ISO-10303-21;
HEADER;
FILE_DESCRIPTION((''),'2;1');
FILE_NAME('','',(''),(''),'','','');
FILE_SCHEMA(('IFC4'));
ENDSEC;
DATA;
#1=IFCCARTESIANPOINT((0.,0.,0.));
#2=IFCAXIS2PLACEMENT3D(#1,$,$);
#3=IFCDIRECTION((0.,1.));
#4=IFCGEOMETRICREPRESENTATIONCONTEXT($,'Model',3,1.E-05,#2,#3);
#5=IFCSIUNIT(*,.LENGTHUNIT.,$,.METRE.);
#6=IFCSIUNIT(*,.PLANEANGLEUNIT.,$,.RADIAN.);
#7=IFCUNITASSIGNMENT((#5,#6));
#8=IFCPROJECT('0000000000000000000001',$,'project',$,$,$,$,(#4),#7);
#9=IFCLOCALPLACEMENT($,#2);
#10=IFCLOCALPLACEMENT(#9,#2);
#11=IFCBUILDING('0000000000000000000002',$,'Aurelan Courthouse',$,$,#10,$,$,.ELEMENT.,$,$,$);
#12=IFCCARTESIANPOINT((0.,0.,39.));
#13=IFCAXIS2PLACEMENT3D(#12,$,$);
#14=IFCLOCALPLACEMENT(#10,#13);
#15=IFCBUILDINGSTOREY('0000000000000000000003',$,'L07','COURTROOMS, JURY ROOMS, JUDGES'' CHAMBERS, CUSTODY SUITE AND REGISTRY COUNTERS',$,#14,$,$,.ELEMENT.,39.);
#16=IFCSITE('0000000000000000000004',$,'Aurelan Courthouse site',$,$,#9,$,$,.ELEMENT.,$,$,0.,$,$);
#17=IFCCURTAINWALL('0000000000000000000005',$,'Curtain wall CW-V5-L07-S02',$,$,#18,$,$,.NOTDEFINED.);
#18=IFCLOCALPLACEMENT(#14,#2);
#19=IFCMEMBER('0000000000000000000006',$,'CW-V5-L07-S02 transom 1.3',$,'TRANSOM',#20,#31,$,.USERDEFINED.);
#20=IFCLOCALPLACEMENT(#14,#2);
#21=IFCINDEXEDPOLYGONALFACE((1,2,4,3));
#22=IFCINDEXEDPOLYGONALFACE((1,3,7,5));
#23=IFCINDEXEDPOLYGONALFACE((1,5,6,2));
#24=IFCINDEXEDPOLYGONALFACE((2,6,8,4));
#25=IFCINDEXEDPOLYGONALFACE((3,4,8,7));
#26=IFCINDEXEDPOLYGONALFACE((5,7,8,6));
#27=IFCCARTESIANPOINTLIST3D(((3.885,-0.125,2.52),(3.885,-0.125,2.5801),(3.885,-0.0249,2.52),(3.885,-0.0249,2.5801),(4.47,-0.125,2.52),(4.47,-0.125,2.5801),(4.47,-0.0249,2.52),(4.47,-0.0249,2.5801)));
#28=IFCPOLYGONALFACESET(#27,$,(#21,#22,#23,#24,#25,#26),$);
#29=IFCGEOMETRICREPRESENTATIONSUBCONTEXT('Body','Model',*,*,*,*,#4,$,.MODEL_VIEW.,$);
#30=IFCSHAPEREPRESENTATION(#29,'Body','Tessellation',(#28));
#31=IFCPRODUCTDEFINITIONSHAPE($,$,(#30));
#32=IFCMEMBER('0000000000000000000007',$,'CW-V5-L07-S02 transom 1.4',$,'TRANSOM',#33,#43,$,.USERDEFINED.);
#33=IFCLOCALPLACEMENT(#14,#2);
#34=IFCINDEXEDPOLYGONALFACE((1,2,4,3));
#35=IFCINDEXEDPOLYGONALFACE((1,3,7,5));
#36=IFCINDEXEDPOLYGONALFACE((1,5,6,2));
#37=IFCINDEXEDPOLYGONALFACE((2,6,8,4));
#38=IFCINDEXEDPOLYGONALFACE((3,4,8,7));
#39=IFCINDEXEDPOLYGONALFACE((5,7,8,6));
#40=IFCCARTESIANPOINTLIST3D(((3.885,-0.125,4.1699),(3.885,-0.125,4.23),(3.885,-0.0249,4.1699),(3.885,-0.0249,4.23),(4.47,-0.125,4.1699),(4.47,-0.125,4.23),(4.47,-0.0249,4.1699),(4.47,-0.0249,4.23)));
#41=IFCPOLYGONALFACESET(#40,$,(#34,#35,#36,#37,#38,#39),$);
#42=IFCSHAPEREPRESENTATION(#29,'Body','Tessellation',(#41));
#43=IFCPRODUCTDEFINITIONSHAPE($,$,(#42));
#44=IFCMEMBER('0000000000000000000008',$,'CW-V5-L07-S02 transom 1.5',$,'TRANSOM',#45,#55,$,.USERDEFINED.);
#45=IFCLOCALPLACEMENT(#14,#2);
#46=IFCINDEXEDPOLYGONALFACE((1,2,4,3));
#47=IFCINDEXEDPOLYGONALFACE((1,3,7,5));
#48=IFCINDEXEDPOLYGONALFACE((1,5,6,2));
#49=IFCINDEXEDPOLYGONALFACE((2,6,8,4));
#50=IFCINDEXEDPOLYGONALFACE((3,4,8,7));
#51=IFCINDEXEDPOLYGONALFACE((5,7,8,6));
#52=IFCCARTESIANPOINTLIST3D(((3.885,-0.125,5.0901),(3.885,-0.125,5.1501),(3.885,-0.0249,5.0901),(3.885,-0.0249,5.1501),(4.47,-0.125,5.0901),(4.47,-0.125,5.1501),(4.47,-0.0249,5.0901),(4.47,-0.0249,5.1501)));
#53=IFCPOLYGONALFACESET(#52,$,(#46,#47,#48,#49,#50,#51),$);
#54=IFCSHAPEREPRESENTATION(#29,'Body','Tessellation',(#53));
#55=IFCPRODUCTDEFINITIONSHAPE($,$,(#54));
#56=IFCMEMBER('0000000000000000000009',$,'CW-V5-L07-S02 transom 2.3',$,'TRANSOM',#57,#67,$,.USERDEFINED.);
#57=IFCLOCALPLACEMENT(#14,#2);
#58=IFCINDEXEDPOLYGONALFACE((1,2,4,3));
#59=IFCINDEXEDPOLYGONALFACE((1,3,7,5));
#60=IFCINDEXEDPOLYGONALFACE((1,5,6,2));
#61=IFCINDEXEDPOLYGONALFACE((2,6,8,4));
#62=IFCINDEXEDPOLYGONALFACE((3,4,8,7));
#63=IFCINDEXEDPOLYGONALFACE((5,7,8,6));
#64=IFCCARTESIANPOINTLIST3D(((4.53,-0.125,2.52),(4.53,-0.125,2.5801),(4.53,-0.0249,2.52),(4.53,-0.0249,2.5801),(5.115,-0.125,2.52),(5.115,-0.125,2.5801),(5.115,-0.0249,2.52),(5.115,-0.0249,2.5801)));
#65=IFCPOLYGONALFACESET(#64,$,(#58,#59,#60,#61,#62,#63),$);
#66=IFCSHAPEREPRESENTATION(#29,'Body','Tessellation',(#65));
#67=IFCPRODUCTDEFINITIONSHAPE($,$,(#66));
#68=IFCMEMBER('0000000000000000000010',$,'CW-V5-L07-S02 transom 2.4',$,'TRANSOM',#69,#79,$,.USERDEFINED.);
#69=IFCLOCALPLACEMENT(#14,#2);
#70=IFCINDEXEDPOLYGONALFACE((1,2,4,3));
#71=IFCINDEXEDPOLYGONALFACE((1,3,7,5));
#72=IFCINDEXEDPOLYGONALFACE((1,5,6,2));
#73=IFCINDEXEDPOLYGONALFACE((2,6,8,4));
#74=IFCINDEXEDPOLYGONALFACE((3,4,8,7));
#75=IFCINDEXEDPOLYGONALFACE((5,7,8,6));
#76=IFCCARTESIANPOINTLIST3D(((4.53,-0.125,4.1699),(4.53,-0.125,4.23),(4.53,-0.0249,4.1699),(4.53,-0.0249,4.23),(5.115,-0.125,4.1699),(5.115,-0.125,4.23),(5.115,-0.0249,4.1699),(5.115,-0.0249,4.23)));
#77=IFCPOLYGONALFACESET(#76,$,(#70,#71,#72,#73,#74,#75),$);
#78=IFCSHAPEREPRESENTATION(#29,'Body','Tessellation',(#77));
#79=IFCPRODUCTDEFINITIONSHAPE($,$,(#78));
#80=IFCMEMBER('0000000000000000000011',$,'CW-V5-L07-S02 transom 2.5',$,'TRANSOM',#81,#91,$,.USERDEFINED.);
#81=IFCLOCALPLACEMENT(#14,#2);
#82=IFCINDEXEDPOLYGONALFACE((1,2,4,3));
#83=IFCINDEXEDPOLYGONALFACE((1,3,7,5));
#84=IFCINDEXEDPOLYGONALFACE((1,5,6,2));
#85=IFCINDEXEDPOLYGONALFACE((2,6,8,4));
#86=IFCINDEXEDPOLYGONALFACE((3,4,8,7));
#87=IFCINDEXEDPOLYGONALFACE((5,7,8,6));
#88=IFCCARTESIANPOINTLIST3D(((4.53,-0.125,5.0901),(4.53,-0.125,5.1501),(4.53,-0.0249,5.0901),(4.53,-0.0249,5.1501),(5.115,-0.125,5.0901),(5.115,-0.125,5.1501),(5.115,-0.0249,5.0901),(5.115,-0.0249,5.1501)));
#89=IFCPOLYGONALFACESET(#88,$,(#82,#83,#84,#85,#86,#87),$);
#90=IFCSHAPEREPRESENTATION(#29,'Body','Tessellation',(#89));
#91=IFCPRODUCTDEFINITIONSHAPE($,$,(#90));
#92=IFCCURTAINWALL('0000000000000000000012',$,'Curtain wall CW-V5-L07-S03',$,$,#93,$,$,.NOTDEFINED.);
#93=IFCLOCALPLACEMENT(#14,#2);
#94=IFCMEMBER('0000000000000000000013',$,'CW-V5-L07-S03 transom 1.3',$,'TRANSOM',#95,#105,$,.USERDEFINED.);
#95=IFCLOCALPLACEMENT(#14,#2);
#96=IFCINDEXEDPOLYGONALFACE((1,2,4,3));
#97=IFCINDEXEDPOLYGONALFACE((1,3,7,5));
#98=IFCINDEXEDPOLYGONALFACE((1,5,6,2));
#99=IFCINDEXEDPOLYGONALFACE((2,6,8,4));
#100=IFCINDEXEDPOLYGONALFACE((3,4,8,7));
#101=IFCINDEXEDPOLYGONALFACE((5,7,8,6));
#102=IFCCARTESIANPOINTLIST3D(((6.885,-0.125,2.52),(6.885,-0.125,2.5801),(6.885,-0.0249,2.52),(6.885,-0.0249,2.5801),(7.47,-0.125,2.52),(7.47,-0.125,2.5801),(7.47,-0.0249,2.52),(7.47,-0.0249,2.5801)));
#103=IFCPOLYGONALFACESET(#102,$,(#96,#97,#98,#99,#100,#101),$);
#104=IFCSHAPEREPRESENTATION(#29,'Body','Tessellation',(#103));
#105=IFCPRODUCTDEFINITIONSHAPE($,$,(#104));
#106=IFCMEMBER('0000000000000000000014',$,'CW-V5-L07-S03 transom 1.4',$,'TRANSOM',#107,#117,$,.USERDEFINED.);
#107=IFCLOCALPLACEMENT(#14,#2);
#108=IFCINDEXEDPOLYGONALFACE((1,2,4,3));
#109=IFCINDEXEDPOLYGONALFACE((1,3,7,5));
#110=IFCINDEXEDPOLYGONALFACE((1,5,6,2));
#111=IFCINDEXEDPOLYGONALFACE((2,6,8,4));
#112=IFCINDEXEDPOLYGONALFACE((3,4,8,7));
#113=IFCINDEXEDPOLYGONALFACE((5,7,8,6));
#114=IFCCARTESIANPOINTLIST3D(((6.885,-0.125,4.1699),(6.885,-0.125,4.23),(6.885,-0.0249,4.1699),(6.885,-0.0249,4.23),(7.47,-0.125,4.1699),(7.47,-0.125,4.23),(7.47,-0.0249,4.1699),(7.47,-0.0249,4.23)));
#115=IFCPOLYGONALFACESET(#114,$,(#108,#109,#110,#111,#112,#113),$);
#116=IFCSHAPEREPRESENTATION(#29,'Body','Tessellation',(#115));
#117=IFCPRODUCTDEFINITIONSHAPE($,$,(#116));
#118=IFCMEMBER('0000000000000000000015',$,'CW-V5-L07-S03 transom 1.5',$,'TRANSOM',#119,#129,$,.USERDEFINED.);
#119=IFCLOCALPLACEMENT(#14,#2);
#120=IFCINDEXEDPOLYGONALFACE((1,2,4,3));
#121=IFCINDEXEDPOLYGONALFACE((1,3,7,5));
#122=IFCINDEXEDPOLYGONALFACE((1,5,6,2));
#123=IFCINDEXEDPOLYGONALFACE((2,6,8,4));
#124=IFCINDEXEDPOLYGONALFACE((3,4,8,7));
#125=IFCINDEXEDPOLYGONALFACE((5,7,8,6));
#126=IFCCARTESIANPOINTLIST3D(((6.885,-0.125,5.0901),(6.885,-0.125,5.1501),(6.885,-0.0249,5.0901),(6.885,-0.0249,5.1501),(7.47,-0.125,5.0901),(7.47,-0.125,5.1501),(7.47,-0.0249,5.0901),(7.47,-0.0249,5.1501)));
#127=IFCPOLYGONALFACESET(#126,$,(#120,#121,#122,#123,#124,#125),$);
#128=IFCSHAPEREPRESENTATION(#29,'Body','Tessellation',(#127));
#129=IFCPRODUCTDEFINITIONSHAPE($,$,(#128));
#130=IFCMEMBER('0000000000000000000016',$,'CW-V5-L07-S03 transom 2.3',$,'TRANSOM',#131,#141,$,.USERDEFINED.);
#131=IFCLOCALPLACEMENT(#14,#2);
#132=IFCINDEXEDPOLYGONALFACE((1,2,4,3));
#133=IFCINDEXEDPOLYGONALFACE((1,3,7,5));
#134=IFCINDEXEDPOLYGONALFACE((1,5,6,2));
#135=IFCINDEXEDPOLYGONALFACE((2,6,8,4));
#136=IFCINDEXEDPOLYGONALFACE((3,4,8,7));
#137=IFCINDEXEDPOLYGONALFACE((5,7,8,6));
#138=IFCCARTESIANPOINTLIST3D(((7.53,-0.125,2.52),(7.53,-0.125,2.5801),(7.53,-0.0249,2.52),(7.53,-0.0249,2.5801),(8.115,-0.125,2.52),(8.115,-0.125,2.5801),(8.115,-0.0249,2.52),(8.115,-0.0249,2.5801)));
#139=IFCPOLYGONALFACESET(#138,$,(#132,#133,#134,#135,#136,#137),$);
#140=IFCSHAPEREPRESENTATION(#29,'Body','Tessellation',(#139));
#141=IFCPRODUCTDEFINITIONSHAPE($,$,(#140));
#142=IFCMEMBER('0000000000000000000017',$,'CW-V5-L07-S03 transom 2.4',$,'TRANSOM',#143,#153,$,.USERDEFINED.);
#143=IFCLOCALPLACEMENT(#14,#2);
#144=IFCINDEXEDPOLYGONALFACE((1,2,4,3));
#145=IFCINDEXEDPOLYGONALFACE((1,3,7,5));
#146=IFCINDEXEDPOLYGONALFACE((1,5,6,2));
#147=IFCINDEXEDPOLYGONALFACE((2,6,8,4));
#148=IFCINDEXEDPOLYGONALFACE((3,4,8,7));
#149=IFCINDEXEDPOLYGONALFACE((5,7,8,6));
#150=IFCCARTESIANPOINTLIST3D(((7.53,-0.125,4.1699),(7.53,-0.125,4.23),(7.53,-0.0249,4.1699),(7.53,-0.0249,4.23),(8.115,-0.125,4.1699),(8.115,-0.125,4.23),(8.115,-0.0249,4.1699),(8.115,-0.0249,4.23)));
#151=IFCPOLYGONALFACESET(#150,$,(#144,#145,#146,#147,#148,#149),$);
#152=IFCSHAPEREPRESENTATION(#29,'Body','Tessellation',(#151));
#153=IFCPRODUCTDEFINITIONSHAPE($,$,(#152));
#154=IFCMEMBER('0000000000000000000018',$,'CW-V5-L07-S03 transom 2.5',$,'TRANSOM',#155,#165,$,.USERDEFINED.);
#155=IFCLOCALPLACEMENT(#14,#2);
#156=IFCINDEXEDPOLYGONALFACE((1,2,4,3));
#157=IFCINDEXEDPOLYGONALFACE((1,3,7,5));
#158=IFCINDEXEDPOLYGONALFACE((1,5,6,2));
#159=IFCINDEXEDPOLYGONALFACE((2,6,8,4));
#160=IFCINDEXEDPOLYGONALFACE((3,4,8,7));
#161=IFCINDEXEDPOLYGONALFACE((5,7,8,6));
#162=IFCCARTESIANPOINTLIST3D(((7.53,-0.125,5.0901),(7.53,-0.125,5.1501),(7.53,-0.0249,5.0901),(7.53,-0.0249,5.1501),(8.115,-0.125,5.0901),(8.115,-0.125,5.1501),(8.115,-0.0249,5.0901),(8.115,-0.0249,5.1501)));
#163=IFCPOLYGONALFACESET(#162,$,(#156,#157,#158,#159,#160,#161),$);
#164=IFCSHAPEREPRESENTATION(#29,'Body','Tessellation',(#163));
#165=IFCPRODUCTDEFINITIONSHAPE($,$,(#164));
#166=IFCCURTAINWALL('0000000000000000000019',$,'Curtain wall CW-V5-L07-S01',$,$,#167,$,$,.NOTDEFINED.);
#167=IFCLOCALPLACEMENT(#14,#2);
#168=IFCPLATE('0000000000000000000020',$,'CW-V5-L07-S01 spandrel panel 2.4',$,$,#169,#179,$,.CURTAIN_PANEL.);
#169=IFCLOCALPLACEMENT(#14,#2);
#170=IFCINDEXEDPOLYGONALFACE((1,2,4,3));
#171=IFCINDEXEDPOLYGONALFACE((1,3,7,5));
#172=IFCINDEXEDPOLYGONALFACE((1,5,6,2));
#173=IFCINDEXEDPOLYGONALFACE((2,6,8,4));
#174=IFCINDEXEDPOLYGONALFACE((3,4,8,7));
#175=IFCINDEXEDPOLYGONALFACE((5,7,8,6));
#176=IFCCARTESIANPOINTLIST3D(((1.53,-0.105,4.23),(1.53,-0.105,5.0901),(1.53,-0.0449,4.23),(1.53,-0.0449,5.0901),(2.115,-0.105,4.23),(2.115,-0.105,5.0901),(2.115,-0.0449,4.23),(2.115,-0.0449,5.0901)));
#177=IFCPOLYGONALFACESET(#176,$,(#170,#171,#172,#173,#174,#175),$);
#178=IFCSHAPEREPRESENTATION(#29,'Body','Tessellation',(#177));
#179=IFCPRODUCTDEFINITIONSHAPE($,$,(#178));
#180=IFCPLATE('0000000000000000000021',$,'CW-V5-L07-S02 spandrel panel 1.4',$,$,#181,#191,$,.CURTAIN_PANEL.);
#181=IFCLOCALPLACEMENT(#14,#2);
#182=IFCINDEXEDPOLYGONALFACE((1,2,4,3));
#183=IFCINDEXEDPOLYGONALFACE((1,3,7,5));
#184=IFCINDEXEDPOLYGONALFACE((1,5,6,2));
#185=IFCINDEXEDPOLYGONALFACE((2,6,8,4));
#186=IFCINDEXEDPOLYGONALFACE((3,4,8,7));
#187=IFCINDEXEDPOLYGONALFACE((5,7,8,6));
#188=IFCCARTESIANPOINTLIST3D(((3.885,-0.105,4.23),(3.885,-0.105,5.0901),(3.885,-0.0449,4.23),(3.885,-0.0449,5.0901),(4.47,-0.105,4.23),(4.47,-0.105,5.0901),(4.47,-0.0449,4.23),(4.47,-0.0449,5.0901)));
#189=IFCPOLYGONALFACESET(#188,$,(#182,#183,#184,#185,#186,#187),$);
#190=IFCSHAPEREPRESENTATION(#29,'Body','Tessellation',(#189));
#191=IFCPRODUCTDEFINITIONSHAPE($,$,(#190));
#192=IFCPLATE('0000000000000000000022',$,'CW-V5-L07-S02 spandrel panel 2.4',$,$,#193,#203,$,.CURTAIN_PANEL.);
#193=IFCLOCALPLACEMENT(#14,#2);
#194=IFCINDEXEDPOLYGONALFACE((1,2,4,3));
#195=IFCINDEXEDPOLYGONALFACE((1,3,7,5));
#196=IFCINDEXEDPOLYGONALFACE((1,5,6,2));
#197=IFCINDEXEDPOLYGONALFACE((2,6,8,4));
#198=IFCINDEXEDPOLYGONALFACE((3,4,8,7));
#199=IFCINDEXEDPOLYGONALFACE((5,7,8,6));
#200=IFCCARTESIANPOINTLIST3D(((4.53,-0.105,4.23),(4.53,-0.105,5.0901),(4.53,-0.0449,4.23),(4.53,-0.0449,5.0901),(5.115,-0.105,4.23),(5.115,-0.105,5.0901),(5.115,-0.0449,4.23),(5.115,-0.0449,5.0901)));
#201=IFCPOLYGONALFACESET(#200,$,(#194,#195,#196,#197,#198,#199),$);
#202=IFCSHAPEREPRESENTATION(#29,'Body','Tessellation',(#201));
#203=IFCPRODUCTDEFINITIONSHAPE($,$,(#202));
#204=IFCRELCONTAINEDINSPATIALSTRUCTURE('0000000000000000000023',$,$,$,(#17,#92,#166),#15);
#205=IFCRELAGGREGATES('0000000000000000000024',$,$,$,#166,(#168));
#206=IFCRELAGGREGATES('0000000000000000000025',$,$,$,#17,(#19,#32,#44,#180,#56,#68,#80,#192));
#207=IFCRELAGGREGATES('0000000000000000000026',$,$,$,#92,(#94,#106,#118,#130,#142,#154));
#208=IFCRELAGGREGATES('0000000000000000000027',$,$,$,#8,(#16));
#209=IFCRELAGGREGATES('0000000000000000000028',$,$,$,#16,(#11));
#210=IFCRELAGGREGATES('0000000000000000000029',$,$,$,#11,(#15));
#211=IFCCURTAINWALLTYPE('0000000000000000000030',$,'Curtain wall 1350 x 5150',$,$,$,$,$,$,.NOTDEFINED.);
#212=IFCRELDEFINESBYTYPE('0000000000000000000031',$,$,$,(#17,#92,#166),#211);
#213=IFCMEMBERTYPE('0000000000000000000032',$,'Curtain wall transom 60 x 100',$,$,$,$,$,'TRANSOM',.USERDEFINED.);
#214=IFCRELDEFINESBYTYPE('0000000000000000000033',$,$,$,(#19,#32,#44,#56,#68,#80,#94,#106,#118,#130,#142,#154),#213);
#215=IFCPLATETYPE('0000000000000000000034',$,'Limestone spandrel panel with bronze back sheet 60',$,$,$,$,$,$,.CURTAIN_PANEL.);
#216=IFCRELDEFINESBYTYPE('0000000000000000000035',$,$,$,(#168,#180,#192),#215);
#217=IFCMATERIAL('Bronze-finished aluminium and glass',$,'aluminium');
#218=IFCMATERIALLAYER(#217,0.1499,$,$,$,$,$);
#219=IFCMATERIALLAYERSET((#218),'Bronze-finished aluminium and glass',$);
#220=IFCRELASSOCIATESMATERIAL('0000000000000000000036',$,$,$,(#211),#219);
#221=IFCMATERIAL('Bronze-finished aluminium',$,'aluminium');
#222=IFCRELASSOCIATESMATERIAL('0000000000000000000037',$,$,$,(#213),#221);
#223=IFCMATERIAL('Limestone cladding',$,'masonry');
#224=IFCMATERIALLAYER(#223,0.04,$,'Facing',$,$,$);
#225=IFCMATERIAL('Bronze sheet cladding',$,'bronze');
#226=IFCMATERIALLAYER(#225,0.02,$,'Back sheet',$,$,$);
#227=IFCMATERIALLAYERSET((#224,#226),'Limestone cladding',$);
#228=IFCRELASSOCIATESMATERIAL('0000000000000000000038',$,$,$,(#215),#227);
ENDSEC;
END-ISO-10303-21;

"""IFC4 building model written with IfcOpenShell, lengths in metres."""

from ifc_helpers import new_model, si_unit, direction, frame, origin, origin_2d, place, context, subcontext, project, spatial, rectangle, extrude, material, layer, layer_set, material_profile, profile_set, type_object, element, aggregate, save


model = new_model("IFC4")

# Units and contexts
model_context = context("Model", 3, precision=1e-05, world=origin(), true_north=direction((0.0, 1.0)))
body_context = subcontext(model_context, "Body", "Model", "MODEL_VIEW")
ifc_project = project(units=[si_unit("LENGTHUNIT", "METRE"), si_unit("PLANEANGLEUNIT", "RADIAN")], contexts=[model_context])

# Site, building, storey
site_placement = place(None, origin())
site = spatial("IfcSite", under=ifc_project, at=site_placement, Name="Aurelan Courthouse site", CompositionType="ELEMENT", RefElevation=0.0)
building_placement = place(site_placement, origin())
building = spatial("IfcBuilding", under=site, at=building_placement, Name="Aurelan Courthouse", CompositionType="ELEMENT")
storey_placement = place(building_placement, frame((0.0, 0.0, 39.0)))
storey = spatial("IfcBuildingStorey", under=building, at=storey_placement, Name="L07", Description="COURTROOMS, JURY ROOMS, JUDGES' CHAMBERS, CUSTODY SUITE AND REGISTRY COUNTERS", CompositionType="ELEMENT", Elevation=39.0)

# Curtain walls, members
ifc_material_1 = material(Name="Bronze-finished aluminium and glass", Category="aluminium")
ifc_layer_1 = layer(ifc_material_1, 0.1499)
ifc_layer_set_1 = layer_set([ifc_layer_1], Name="Bronze-finished aluminium and glass")
curtain_wall_type = type_object("IfcCurtainWallType", Name="Curtain wall 1350 x 5150", PredefinedType="NOTDEFINED", material=ifc_layer_set_1)
curtain_wall_1_placement = place(storey_placement, origin())
curtain_wall_1 = element("IfcCurtainWall", 1, at=curtain_wall_1_placement, inside=storey, type_object=curtain_wall_type, Name="Curtain wall CW-V5-L07-S02", PredefinedType="NOTDEFINED")
ifc_material_2 = material(Name="Bronze-finished aluminium", Category="aluminium")
ifc_material_profile = material_profile(ifc_material_2, rectangle(XDim=0.1001, YDim=0.0601, at=origin_2d()), Name="Bronze transom 60 x 100")
ifc_profile_set = profile_set([ifc_material_profile], Name="Bronze-finished aluminium")
member_type = type_object("IfcMemberType", Name="Curtain wall transom 60 x 100", ElementType="TRANSOM", PredefinedType="USERDEFINED", material=ifc_profile_set)
member_1_placement = place(storey_placement, frame((3.885, -0.075, 2.55), z_axis=(1.0, 0.0, 0.0), x_axis=(0.0, 1.0, 0.0)))
member_1 = element("IfcMember", 2, at=member_1_placement, type_object=member_type, Name="CW-V5-L07-S02 transom 1.3", ObjectType="TRANSOM", PredefinedType="USERDEFINED", context=body_context, shape_type="SweptSolid", body=[
    extrude(rectangle(XDim=0.1001, YDim=0.0601, at=origin_2d()), origin(), (0.0, 0.0, 1.0), 0.585),
])
member_2_placement = place(storey_placement, frame((3.885, -0.075, 4.2), z_axis=(1.0, 0.0, 0.0), x_axis=(0.0, 1.0, 0.0)))
member_2 = element("IfcMember", 3, at=member_2_placement, type_object=member_type, Name="CW-V5-L07-S02 transom 1.4", ObjectType="TRANSOM", PredefinedType="USERDEFINED", context=body_context, shape_type="SweptSolid", body=[
    extrude(rectangle(XDim=0.1001, YDim=0.0601, at=origin_2d()), origin(), (0.0, 0.0, 1.0), 0.585),
])
member_3_placement = place(storey_placement, frame((3.885, -0.075, 5.1201), z_axis=(1.0, 0.0, 0.0), x_axis=(0.0, 1.0, 0.0)))
member_3 = element("IfcMember", 4, at=member_3_placement, type_object=member_type, Name="CW-V5-L07-S02 transom 1.5", ObjectType="TRANSOM", PredefinedType="USERDEFINED", context=body_context, shape_type="SweptSolid", body=[
    extrude(rectangle(XDim=0.1001, YDim=0.0601, at=origin_2d()), origin(), (0.0, 0.0, 1.0), 0.585),
])
member_4_placement = place(storey_placement, frame((4.53, -0.075, 2.55), z_axis=(1.0, 0.0, 0.0), x_axis=(0.0, 1.0, 0.0)))
member_4 = element("IfcMember", 5, at=member_4_placement, type_object=member_type, Name="CW-V5-L07-S02 transom 2.3", ObjectType="TRANSOM", PredefinedType="USERDEFINED", context=body_context, shape_type="SweptSolid", body=[
    extrude(rectangle(XDim=0.1001, YDim=0.0601, at=origin_2d()), origin(), (0.0, 0.0, 1.0), 0.585),
])
member_5_placement = place(storey_placement, frame((4.53, -0.075, 4.2), z_axis=(1.0, 0.0, 0.0), x_axis=(0.0, 1.0, 0.0)))
member_5 = element("IfcMember", 6, at=member_5_placement, type_object=member_type, Name="CW-V5-L07-S02 transom 2.4", ObjectType="TRANSOM", PredefinedType="USERDEFINED", context=body_context, shape_type="SweptSolid", body=[
    extrude(rectangle(XDim=0.1001, YDim=0.0601, at=origin_2d()), origin(), (0.0, 0.0, 1.0), 0.585),
])
member_6_placement = place(storey_placement, frame((4.53, -0.075, 5.1201), z_axis=(1.0, 0.0, 0.0), x_axis=(0.0, 1.0, 0.0)))
member_6 = element("IfcMember", 7, at=member_6_placement, type_object=member_type, Name="CW-V5-L07-S02 transom 2.5", ObjectType="TRANSOM", PredefinedType="USERDEFINED", context=body_context, shape_type="SweptSolid", body=[
    extrude(rectangle(XDim=0.1001, YDim=0.0601, at=origin_2d()), origin(), (0.0, 0.0, 1.0), 0.585),
])
curtain_wall_2_placement = place(storey_placement, origin())
curtain_wall_2 = element("IfcCurtainWall", 8, at=curtain_wall_2_placement, inside=storey, type_object=curtain_wall_type, Name="Curtain wall CW-V5-L07-S03", PredefinedType="NOTDEFINED")
member_7_placement = place(storey_placement, frame((6.885, -0.075, 2.55), z_axis=(1.0, 0.0, 0.0), x_axis=(0.0, 1.0, 0.0)))
member_7 = element("IfcMember", 9, at=member_7_placement, type_object=member_type, Name="CW-V5-L07-S03 transom 1.3", ObjectType="TRANSOM", PredefinedType="USERDEFINED", context=body_context, shape_type="SweptSolid", body=[
    extrude(rectangle(XDim=0.1001, YDim=0.0601, at=origin_2d()), origin(), (0.0, 0.0, 1.0), 0.585),
])
member_8_placement = place(storey_placement, frame((6.885, -0.075, 4.2), z_axis=(1.0, 0.0, 0.0), x_axis=(0.0, 1.0, 0.0)))
member_8 = element("IfcMember", 10, at=member_8_placement, type_object=member_type, Name="CW-V5-L07-S03 transom 1.4", ObjectType="TRANSOM", PredefinedType="USERDEFINED", context=body_context, shape_type="SweptSolid", body=[
    extrude(rectangle(XDim=0.1001, YDim=0.0601, at=origin_2d()), origin(), (0.0, 0.0, 1.0), 0.585),
])
member_9_placement = place(storey_placement, frame((6.885, -0.075, 5.1201), z_axis=(1.0, 0.0, 0.0), x_axis=(0.0, 1.0, 0.0)))
member_9 = element("IfcMember", 11, at=member_9_placement, type_object=member_type, Name="CW-V5-L07-S03 transom 1.5", ObjectType="TRANSOM", PredefinedType="USERDEFINED", context=body_context, shape_type="SweptSolid", body=[
    extrude(rectangle(XDim=0.1001, YDim=0.0601, at=origin_2d()), origin(), (0.0, 0.0, 1.0), 0.585),
])
member_10_placement = place(storey_placement, frame((7.53, -0.075, 2.55), z_axis=(1.0, 0.0, 0.0), x_axis=(0.0, 1.0, 0.0)))
member_10 = element("IfcMember", 12, at=member_10_placement, type_object=member_type, Name="CW-V5-L07-S03 transom 2.3", ObjectType="TRANSOM", PredefinedType="USERDEFINED", context=body_context, shape_type="SweptSolid", body=[
    extrude(rectangle(XDim=0.1001, YDim=0.0601, at=origin_2d()), origin(), (0.0, 0.0, 1.0), 0.585),
])
member_11_placement = place(storey_placement, frame((7.53, -0.075, 4.2), z_axis=(1.0, 0.0, 0.0), x_axis=(0.0, 1.0, 0.0)))
member_11 = element("IfcMember", 13, at=member_11_placement, type_object=member_type, Name="CW-V5-L07-S03 transom 2.4", ObjectType="TRANSOM", PredefinedType="USERDEFINED", context=body_context, shape_type="SweptSolid", body=[
    extrude(rectangle(XDim=0.1001, YDim=0.0601, at=origin_2d()), origin(), (0.0, 0.0, 1.0), 0.585),
])
member_12_placement = place(storey_placement, frame((7.53, -0.075, 5.1201), z_axis=(1.0, 0.0, 0.0), x_axis=(0.0, 1.0, 0.0)))
member_12 = element("IfcMember", 14, at=member_12_placement, type_object=member_type, Name="CW-V5-L07-S03 transom 2.5", ObjectType="TRANSOM", PredefinedType="USERDEFINED", context=body_context, shape_type="SweptSolid", body=[
    extrude(rectangle(XDim=0.1001, YDim=0.0601, at=origin_2d()), origin(), (0.0, 0.0, 1.0), 0.585),
])

# Curtain wall, plate
curtain_wall_3_placement = place(storey_placement, origin())
curtain_wall_3 = element("IfcCurtainWall", 15, at=curtain_wall_3_placement, inside=storey, type_object=curtain_wall_type, Name="Curtain wall CW-V5-L07-S01", PredefinedType="NOTDEFINED")
ifc_material_3 = material(Name="Limestone cladding", Category="masonry")
ifc_layer_2 = layer(ifc_material_3, 0.04, Name="Facing")
ifc_material_4 = material(Name="Bronze sheet cladding", Category="bronze")
ifc_layer_3 = layer(ifc_material_4, 0.02, Name="Back sheet")
ifc_layer_set_2 = layer_set([ifc_layer_2, ifc_layer_3], Name="Limestone cladding")
plate_type_1 = type_object("IfcPlateType", Name="Limestone spandrel panel with bronze back sheet 60", PredefinedType="CURTAIN_PANEL", material=ifc_layer_set_2)
plate_1_placement = place(storey_placement, frame((1.8225, -0.075, 4.23), z_axis=(0.0, 0.0, 1.0), x_axis=(1.0, 0.0, 0.0)))
plate_1 = element("IfcPlate", 16, at=plate_1_placement, type_object=plate_type_1, Name="CW-V5-L07-S01 spandrel panel 2.4", PredefinedType="CURTAIN_PANEL", context=body_context, shape_type="SweptSolid", body=[
    extrude(rectangle(XDim=0.585, YDim=0.0601, at=origin_2d()), origin(), (0.0, 0.0, 1.0), 0.8601),
])
aggregate(curtain_wall_3, [plate_1])

# Plates
plate_2_placement = place(storey_placement, frame((4.1775, -0.075, 4.23), z_axis=(0.0, 0.0, 1.0), x_axis=(1.0, 0.0, 0.0)))
plate_2 = element("IfcPlate", 17, at=plate_2_placement, type_object=plate_type_1, Name="CW-V5-L07-S02 spandrel panel 1.4", PredefinedType="CURTAIN_PANEL", context=body_context, shape_type="SweptSolid", body=[
    extrude(rectangle(XDim=0.585, YDim=0.0601, at=origin_2d()), origin(), (0.0, 0.0, 1.0), 0.8601),
])
plate_3_placement = place(storey_placement, frame((4.8225, -0.075, 4.23), z_axis=(0.0, 0.0, 1.0), x_axis=(1.0, 0.0, 0.0)))
plate_3 = element("IfcPlate", 18, at=plate_3_placement, type_object=plate_type_1, Name="CW-V5-L07-S02 spandrel panel 2.4", PredefinedType="CURTAIN_PANEL", context=body_context, shape_type="SweptSolid", body=[
    extrude(rectangle(XDim=0.585, YDim=0.0601, at=origin_2d()), origin(), (0.0, 0.0, 1.0), 0.8601),
])
aggregate(curtain_wall_1, [member_1, member_2, member_3, plate_2, member_4, member_5, member_6, plate_3])
aggregate(curtain_wall_2, [member_7, member_8, member_9, member_10, member_11, member_12])

save(model, "model.ifc")
